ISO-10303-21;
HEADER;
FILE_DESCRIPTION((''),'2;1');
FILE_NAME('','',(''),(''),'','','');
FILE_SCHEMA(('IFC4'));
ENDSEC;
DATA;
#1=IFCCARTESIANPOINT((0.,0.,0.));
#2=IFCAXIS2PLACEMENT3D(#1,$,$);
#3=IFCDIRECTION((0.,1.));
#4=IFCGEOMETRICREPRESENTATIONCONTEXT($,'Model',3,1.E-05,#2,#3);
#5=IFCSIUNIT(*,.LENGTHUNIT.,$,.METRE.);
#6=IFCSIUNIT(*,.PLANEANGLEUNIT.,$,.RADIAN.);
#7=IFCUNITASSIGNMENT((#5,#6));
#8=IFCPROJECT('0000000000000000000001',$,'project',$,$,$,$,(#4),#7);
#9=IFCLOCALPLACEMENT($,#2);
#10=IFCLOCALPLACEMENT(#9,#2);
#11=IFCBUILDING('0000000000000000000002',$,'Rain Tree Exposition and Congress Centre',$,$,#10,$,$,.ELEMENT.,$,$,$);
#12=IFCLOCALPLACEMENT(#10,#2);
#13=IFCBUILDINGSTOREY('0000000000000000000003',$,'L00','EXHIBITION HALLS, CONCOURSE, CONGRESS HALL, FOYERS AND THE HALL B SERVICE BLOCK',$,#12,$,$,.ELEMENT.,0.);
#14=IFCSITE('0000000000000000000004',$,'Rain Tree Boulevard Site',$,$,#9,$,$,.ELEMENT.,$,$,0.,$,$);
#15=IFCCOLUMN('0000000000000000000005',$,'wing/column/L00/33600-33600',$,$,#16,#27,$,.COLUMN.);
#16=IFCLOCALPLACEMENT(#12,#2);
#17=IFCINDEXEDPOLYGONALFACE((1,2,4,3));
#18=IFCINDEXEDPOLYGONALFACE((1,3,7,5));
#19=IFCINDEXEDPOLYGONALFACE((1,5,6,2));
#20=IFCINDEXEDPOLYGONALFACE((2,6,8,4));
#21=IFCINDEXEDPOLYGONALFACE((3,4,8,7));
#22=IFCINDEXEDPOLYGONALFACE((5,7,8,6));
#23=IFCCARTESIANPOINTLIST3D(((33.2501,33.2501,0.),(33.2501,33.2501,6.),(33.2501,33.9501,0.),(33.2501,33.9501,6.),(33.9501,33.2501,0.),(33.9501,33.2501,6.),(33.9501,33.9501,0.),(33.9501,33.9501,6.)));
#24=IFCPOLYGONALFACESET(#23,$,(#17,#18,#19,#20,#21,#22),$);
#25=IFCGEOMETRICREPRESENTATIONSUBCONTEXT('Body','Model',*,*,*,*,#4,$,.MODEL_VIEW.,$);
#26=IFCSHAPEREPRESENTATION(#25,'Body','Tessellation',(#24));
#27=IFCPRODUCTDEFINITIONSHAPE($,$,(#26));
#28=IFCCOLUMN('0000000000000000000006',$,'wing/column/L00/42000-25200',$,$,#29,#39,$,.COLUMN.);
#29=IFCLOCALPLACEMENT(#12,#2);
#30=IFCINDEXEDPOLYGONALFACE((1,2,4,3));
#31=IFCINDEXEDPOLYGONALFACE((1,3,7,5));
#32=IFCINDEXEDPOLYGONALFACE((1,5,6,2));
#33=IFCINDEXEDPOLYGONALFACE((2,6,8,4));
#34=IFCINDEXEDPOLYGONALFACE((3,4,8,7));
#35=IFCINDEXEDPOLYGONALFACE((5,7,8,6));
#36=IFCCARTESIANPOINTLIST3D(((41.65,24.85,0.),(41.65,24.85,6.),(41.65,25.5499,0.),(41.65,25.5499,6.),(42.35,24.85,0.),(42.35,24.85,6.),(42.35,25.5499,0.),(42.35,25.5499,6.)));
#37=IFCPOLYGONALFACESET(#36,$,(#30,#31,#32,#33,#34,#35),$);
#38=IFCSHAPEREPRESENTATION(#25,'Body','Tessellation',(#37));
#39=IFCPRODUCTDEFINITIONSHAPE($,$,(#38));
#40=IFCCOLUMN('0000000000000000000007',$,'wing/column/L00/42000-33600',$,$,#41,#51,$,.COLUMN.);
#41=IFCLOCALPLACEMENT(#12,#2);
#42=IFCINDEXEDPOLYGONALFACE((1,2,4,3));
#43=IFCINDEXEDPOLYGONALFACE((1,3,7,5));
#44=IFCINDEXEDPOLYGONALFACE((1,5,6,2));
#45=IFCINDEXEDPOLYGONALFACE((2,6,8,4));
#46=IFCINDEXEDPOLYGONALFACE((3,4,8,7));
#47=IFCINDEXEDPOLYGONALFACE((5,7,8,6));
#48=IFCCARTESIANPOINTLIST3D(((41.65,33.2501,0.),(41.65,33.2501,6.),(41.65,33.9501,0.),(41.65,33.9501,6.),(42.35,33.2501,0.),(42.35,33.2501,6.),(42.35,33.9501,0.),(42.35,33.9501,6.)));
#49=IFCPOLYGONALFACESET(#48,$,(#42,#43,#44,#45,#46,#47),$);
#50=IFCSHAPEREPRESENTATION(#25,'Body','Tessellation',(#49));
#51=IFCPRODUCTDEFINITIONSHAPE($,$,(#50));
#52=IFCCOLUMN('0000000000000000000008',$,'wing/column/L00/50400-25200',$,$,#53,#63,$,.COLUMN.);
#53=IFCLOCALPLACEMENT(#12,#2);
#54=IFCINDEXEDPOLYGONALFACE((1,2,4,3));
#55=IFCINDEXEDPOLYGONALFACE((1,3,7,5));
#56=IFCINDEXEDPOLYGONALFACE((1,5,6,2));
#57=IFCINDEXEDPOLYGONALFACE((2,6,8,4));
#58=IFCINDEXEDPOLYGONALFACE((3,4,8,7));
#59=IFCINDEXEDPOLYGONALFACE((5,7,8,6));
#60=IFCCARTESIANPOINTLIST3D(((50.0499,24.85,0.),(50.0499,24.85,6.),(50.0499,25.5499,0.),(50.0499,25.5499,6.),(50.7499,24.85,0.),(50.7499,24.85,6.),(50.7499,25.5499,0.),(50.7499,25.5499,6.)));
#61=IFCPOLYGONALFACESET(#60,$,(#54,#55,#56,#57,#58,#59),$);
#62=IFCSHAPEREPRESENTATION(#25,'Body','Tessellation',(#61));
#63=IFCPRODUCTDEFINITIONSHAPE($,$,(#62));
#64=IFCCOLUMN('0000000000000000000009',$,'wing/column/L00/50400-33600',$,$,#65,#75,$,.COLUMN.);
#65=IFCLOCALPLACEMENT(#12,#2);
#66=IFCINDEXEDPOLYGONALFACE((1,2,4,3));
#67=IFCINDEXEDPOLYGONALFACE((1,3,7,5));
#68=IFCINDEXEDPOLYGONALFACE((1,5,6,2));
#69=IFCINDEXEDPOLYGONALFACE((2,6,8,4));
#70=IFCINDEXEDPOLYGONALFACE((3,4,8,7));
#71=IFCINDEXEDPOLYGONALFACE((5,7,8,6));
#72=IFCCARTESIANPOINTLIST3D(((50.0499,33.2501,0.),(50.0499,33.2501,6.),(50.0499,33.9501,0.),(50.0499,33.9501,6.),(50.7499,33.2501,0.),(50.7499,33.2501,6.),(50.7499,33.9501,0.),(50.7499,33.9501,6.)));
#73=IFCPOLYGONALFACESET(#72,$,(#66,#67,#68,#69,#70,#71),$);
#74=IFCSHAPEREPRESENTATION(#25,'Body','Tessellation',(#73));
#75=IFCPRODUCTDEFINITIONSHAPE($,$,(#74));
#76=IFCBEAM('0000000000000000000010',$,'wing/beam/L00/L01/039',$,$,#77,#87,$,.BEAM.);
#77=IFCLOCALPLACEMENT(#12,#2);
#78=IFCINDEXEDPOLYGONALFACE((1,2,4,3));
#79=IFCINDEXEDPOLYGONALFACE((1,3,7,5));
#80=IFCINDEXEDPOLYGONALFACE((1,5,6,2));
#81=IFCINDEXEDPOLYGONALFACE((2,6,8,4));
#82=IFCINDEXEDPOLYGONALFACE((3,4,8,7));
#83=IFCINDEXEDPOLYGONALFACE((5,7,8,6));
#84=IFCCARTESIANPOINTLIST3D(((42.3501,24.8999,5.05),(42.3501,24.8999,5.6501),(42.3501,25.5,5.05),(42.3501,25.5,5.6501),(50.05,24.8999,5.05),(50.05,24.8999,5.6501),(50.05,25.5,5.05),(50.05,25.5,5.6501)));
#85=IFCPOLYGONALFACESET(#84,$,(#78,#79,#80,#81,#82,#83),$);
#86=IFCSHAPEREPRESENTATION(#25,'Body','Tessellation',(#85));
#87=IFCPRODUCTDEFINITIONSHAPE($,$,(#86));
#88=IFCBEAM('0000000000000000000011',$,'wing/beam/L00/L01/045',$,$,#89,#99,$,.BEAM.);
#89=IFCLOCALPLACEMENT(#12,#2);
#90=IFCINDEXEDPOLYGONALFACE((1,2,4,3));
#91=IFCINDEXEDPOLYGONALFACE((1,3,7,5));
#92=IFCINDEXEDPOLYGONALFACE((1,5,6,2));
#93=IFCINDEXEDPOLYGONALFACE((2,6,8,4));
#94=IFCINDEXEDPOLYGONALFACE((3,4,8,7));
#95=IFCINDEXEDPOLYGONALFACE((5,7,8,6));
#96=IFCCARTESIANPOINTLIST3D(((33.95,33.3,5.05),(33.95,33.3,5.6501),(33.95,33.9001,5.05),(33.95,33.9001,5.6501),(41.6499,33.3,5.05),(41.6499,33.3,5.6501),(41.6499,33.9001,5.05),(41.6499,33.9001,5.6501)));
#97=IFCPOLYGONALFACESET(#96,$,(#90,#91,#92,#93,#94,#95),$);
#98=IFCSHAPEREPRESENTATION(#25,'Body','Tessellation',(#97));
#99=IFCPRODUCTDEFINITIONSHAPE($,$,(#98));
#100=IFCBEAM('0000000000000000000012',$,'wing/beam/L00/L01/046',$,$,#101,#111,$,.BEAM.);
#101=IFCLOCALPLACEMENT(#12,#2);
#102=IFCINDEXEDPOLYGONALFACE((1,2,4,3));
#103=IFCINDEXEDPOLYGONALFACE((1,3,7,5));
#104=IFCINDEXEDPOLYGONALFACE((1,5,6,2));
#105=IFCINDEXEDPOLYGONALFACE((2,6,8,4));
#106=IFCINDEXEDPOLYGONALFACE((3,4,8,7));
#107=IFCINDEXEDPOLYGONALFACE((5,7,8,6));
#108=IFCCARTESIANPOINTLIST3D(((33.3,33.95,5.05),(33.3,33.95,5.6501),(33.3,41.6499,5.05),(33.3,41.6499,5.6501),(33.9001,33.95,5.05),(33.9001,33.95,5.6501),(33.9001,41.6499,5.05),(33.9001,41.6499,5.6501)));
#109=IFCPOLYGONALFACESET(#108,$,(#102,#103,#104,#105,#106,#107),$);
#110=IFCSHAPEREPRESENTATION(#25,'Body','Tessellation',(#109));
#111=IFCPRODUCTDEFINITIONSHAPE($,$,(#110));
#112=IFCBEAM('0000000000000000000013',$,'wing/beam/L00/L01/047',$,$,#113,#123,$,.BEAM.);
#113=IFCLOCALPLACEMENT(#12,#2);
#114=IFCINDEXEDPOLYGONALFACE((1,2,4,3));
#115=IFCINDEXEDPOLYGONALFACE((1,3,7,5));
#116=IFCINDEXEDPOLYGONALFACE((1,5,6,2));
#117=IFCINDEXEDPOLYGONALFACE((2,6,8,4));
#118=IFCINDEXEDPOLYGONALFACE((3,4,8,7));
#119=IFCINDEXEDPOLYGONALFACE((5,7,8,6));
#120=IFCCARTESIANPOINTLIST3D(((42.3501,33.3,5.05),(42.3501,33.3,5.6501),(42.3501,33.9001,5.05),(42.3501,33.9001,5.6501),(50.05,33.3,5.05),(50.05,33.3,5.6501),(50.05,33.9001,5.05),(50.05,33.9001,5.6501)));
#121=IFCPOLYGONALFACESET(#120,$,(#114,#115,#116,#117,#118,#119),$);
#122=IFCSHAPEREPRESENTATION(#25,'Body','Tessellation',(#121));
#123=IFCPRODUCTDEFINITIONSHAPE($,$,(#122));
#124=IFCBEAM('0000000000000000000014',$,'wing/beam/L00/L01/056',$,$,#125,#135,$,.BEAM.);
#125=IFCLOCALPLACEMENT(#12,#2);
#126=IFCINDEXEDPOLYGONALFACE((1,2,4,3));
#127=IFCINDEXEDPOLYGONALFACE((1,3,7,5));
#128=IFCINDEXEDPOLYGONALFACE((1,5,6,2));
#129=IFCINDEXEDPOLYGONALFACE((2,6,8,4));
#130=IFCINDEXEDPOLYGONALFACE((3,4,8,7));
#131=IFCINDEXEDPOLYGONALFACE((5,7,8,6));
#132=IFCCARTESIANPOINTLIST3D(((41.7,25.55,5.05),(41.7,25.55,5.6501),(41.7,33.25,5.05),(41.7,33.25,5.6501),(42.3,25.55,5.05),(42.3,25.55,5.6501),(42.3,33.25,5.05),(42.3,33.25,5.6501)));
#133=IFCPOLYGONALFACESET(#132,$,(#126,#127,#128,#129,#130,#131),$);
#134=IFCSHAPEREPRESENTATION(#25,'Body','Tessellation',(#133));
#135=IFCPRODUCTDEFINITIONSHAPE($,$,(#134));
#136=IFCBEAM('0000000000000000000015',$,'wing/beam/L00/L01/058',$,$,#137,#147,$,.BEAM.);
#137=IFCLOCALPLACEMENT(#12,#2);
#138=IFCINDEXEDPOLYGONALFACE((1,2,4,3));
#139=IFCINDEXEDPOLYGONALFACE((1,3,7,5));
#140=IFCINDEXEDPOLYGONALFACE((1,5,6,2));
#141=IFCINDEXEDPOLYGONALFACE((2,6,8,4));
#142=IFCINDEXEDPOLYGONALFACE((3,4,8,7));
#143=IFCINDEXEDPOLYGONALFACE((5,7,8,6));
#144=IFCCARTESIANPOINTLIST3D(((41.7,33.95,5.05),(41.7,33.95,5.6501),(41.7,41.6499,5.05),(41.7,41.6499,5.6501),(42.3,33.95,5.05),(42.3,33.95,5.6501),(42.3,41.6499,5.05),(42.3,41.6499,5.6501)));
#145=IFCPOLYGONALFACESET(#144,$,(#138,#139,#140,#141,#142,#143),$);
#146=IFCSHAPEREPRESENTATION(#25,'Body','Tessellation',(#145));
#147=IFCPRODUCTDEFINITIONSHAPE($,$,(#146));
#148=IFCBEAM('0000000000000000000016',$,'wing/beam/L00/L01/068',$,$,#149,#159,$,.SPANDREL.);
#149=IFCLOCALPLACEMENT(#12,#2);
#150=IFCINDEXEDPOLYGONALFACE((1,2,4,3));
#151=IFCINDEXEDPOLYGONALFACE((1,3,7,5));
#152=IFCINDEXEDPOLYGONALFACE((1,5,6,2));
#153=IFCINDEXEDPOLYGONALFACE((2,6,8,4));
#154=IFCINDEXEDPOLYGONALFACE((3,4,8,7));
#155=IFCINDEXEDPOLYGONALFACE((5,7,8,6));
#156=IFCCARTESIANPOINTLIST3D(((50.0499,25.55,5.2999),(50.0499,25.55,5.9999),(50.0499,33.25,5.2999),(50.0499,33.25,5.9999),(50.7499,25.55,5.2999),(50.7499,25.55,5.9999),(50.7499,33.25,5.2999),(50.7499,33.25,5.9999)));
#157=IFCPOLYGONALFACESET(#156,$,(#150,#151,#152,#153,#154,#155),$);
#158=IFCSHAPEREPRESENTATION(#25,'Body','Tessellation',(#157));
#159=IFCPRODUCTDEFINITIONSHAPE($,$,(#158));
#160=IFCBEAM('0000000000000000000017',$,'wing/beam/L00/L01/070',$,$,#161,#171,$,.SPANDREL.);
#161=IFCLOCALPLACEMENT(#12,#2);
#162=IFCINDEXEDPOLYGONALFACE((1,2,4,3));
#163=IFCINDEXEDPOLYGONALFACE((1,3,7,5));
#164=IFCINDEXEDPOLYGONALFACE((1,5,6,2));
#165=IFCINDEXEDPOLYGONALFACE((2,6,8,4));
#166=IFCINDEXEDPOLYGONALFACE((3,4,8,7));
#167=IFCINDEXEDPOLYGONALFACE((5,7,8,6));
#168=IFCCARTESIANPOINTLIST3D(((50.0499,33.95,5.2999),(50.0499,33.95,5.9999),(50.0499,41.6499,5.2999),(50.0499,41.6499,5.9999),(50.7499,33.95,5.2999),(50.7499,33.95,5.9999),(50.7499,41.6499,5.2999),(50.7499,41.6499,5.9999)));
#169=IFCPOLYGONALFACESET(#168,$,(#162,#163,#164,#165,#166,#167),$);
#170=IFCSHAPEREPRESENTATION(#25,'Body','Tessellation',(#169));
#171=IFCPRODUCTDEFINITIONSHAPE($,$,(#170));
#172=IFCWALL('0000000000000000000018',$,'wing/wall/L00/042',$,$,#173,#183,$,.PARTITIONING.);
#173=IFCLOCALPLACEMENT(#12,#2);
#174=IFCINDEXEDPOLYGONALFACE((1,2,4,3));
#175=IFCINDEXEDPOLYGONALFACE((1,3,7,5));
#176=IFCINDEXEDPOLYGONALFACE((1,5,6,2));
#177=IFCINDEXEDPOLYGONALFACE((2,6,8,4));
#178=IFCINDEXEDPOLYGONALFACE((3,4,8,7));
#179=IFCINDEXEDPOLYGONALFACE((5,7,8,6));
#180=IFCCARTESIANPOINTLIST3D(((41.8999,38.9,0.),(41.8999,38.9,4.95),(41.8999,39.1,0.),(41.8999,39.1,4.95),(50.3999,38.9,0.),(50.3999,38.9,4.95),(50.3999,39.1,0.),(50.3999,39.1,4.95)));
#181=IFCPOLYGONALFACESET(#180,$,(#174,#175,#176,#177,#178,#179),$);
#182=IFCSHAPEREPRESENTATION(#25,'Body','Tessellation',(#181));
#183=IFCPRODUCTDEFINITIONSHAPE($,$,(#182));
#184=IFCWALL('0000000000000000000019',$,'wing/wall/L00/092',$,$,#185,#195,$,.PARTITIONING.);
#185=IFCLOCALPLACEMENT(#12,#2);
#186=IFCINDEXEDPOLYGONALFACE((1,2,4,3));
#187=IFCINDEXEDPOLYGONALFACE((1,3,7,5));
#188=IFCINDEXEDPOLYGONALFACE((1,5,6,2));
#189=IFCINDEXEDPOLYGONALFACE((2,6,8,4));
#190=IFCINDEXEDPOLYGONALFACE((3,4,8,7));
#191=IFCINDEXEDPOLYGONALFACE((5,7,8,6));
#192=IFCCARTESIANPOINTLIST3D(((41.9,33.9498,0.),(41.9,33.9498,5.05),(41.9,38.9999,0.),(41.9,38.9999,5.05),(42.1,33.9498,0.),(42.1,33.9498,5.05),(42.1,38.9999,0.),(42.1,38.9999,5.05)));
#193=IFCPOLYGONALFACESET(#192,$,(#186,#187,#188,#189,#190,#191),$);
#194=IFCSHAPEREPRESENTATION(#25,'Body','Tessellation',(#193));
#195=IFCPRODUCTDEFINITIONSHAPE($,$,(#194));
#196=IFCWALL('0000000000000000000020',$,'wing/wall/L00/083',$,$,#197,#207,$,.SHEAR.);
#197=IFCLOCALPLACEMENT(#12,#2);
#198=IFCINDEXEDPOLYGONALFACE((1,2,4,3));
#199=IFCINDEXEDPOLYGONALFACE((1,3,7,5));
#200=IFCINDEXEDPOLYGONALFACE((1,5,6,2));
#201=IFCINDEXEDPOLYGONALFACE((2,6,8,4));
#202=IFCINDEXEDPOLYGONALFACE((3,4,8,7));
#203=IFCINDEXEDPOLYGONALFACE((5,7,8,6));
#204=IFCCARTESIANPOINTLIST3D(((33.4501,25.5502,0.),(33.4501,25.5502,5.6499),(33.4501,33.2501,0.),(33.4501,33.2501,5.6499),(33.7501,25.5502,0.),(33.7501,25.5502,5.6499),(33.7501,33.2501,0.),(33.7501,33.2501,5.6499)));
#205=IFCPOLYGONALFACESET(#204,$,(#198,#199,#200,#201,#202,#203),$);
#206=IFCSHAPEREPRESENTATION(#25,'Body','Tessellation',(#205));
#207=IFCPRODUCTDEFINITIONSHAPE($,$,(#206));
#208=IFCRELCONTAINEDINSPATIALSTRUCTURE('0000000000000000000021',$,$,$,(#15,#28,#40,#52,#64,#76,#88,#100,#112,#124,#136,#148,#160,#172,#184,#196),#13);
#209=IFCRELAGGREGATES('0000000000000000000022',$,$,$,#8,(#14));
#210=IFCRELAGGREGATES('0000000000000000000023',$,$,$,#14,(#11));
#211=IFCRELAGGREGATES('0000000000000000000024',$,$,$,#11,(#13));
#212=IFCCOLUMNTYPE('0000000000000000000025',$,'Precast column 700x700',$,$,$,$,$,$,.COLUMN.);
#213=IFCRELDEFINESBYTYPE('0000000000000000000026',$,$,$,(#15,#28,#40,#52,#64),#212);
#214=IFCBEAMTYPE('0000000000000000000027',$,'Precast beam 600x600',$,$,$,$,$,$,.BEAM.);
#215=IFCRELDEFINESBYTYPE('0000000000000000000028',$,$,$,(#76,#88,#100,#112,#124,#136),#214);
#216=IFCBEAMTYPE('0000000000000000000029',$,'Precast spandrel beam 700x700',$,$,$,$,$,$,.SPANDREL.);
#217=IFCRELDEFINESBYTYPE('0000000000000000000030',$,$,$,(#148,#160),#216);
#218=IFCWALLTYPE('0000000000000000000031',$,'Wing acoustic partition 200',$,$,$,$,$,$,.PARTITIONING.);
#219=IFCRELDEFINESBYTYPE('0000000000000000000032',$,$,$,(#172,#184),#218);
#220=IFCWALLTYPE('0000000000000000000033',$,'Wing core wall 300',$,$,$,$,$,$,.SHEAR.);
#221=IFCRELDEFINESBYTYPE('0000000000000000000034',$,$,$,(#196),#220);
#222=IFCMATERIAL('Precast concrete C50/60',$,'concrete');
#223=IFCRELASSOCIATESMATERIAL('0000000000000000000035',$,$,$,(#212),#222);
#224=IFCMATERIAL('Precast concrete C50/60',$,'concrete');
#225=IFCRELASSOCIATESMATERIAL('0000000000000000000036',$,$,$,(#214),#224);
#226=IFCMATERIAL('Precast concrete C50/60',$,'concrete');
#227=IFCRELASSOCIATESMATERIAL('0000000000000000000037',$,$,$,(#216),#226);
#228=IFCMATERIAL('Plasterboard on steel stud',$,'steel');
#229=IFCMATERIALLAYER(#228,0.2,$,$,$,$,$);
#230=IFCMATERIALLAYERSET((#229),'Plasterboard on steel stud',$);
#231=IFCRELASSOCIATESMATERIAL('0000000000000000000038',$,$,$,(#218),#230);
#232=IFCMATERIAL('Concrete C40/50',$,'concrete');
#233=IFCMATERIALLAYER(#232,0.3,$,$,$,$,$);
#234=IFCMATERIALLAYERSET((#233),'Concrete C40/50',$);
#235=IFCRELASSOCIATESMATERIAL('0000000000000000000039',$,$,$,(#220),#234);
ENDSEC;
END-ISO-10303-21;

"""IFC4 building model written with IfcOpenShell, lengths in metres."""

from ifc_helpers import new_model, si_unit, direction, frame, frame_2d, origin, origin_2d, place, context, subcontext, project, spatial, rectangle, extrude, material, layer, layer_set, material_profile, profile_set, type_object, element, save


model = new_model("IFC4")

# Units and contexts
model_context = context("Model", 3, precision=1e-05, world=origin(), true_north=direction((0.0, 1.0)))
body_context = subcontext(model_context, "Body", "Model", "MODEL_VIEW")
ifc_project = project(units=[si_unit("LENGTHUNIT", "METRE"), si_unit("PLANEANGLEUNIT", "RADIAN")], contexts=[model_context])

# Site, building, storey
site_placement = place(None, origin())
site = spatial("IfcSite", under=ifc_project, at=site_placement, Name="Rain Tree Boulevard Site", CompositionType="ELEMENT", RefElevation=0.0)
building_placement = place(site_placement, origin())
building = spatial("IfcBuilding", under=site, at=building_placement, Name="Rain Tree Exposition and Congress Centre", CompositionType="ELEMENT")
storey_placement = place(building_placement, origin())
storey = spatial("IfcBuildingStorey", under=building, at=storey_placement, Name="L00", Description="EXHIBITION HALLS, CONCOURSE, CONGRESS HALL, FOYERS AND THE HALL B SERVICE BLOCK", CompositionType="ELEMENT", Elevation=0.0)

# Columns
ifc_material_1 = material(Name="Precast concrete C50/60", Category="concrete")
ifc_material_profile_1 = material_profile(ifc_material_1, rectangle(XDim=0.7, YDim=0.7, at=origin_2d()), Name="RC 700x700")
ifc_profile_set_1 = profile_set([ifc_material_profile_1], Name="Precast concrete C50/60")
column_type = type_object("IfcColumnType", Name="Precast column 700x700", PredefinedType="COLUMN", material=ifc_profile_set_1)
for number, where, z_axis, x_axis, name in (
    (1, (33.6001, 33.6001, 0.0), (0.0, 0.0, 1.0), (1.0, 0.0, 0.0), "wing/column/L00/33600-33600"),
    (2, (42.0, 25.2, 0.0), (0.0, 0.0, 1.0), (1.0, 0.0, 0.0), "wing/column/L00/42000-25200"),
    (3, (42.0, 33.6001, 0.0), (0.0, 0.0, 1.0), (1.0, 0.0, 0.0), "wing/column/L00/42000-33600"),
    (4, (50.3999, 25.2, 0.0), (0.0, 0.0, 1.0), (1.0, 0.0, 0.0), "wing/column/L00/50400-25200"),
    (5, (50.3999, 33.6001, 0.0), (0.0, 0.0, 1.0), (1.0, 0.0, 0.0), "wing/column/L00/50400-33600"),
):
    element("IfcColumn", number, at=place(storey_placement, frame(where, z_axis=z_axis, x_axis=x_axis)), inside=storey, type_object=column_type, Name=name, PredefinedType="COLUMN", context=body_context, shape_type="SweptSolid", body=[
        extrude(rectangle(XDim=0.7, YDim=0.7, at=origin_2d()), origin(), (0.0, 0.0, 1.0), 6.0),
    ])

# Beams
ifc_material_2 = material(Name="Precast concrete C50/60", Category="concrete")
ifc_material_profile_2 = material_profile(ifc_material_2, rectangle(XDim=0.6001, YDim=0.6001, at=origin_2d()), Name="RC 600x600")
ifc_profile_set_2 = profile_set([ifc_material_profile_2], Name="Precast concrete C50/60")
beam_type_1 = type_object("IfcBeamType", Name="Precast beam 600x600", PredefinedType="BEAM", material=ifc_profile_set_2)
for number, where, z_axis, x_axis, name in (
    (6, (42.3501, 25.2, 5.3501), (1.0, 0.0, 0.0), (0.0, 1.0, 0.0), "wing/beam/L00/L01/039"),
    (7, (33.95, 33.6001, 5.3501), (1.0, 0.0, 0.0), (0.0, 1.0, 0.0), "wing/beam/L00/L01/045"),
    (8, (33.6001, 33.95, 5.3501), (0.0, 1.0, 0.0), (-1.0, 0.0, 0.0), "wing/beam/L00/L01/046"),
    (9, (42.3501, 33.6001, 5.3501), (1.0, 0.0, 0.0), (0.0, 1.0, 0.0), "wing/beam/L00/L01/047"),
    (10, (42.0, 25.55, 5.3501), (0.0, 1.0, 0.0), (-1.0, 0.0, 0.0), "wing/beam/L00/L01/056"),
    (11, (42.0, 33.95, 5.3501), (0.0, 1.0, 0.0), (-1.0, 0.0, 0.0), "wing/beam/L00/L01/058"),
):
    element("IfcBeam", number, at=place(storey_placement, frame(where, z_axis=z_axis, x_axis=x_axis)), inside=storey, type_object=beam_type_1, Name=name, PredefinedType="BEAM", context=body_context, shape_type="SweptSolid", body=[
        extrude(rectangle(XDim=0.6001, YDim=0.6001, at=origin_2d()), origin(), (0.0, 0.0, 1.0), 7.7),
    ])
ifc_material_3 = material(Name="Precast concrete C50/60", Category="concrete")
ifc_material_profile_3 = material_profile(ifc_material_3, rectangle(XDim=0.7, YDim=0.7, at=origin_2d()), Name="RC 700x700")
ifc_profile_set_3 = profile_set([ifc_material_profile_3], Name="Precast concrete C50/60")
beam_type_2 = type_object("IfcBeamType", Name="Precast spandrel beam 700x700", PredefinedType="SPANDREL", material=ifc_profile_set_3)
for number, where, z_axis, x_axis, name in (
    (12, (50.3999, 25.55, 5.6499), (0.0, 1.0, 0.0), (-1.0, 0.0, 0.0), "wing/beam/L00/L01/068"),
    (13, (50.3999, 33.95, 5.6499), (0.0, 1.0, 0.0), (-1.0, 0.0, 0.0), "wing/beam/L00/L01/070"),
):
    element("IfcBeam", number, at=place(storey_placement, frame(where, z_axis=z_axis, x_axis=x_axis)), inside=storey, type_object=beam_type_2, Name=name, PredefinedType="SPANDREL", context=body_context, shape_type="SweptSolid", body=[
        extrude(rectangle(XDim=0.7, YDim=0.7, at=origin_2d()), origin(), (0.0, 0.0, 1.0), 7.7),
    ])

# Wall
ifc_material_4 = material(Name="Plasterboard on steel stud", Category="steel")
ifc_layer_1 = layer(ifc_material_4, 0.2)
ifc_layer_set_1 = layer_set([ifc_layer_1], Name="Plasterboard on steel stud")
wall_type_1 = type_object("IfcWallType", Name="Wing acoustic partition 200", PredefinedType="PARTITIONING", material=ifc_layer_set_1)
wall_1_placement = place(storey_placement, frame((41.8999, 39.0, 0.0), z_axis=(0.0, 0.0, 1.0), x_axis=(1.0, 0.0, 0.0)))
element("IfcWall", 14, at=wall_1_placement, inside=storey, type_object=wall_type_1, Name="wing/wall/L00/042", PredefinedType="PARTITIONING", context=body_context, shape_type="SweptSolid", body=[
    extrude(rectangle(XDim=8.5, YDim=0.2, at=frame_2d((4.25, 0.0))), origin(), (0.0, 0.0, 1.0), 4.95),
])

# Walls
wall_2_placement = place(storey_placement, frame((42.0, 33.95, 0.0), z_axis=(0.0, 0.0, 1.0), x_axis=(0.0, 1.0, 0.0)))
element("IfcWall", 15, at=wall_2_placement, inside=storey, type_object=wall_type_1, Name="wing/wall/L00/092", PredefinedType="PARTITIONING", context=body_context, shape_type="SweptSolid", body=[
    extrude(rectangle(XDim=5.05, YDim=0.2, at=frame_2d((2.5249, 0.0))), origin(), (0.0, 0.0, 1.0), 5.05),
])
ifc_material_5 = material(Name="Concrete C40/50", Category="concrete")
ifc_layer_2 = layer(ifc_material_5, 0.3)
ifc_layer_set_2 = layer_set([ifc_layer_2], Name="Concrete C40/50")
wall_type_2 = type_object("IfcWallType", Name="Wing core wall 300", PredefinedType="SHEAR", material=ifc_layer_set_2)
wall_3_placement = place(storey_placement, frame((33.6001, 25.55, 0.0), z_axis=(0.0, 0.0, 1.0), x_axis=(0.0, 1.0, 0.0)))
element("IfcWall", 16, at=wall_3_placement, inside=storey, type_object=wall_type_2, Name="wing/wall/L00/083", PredefinedType="SHEAR", context=body_context, shape_type="SweptSolid", body=[
    extrude(rectangle(XDim=7.7, YDim=0.3, at=frame_2d((3.8501, 0.0))), origin(), (0.0, 0.0, 1.0), 5.6499),
])

save(model, "model.ifc")
